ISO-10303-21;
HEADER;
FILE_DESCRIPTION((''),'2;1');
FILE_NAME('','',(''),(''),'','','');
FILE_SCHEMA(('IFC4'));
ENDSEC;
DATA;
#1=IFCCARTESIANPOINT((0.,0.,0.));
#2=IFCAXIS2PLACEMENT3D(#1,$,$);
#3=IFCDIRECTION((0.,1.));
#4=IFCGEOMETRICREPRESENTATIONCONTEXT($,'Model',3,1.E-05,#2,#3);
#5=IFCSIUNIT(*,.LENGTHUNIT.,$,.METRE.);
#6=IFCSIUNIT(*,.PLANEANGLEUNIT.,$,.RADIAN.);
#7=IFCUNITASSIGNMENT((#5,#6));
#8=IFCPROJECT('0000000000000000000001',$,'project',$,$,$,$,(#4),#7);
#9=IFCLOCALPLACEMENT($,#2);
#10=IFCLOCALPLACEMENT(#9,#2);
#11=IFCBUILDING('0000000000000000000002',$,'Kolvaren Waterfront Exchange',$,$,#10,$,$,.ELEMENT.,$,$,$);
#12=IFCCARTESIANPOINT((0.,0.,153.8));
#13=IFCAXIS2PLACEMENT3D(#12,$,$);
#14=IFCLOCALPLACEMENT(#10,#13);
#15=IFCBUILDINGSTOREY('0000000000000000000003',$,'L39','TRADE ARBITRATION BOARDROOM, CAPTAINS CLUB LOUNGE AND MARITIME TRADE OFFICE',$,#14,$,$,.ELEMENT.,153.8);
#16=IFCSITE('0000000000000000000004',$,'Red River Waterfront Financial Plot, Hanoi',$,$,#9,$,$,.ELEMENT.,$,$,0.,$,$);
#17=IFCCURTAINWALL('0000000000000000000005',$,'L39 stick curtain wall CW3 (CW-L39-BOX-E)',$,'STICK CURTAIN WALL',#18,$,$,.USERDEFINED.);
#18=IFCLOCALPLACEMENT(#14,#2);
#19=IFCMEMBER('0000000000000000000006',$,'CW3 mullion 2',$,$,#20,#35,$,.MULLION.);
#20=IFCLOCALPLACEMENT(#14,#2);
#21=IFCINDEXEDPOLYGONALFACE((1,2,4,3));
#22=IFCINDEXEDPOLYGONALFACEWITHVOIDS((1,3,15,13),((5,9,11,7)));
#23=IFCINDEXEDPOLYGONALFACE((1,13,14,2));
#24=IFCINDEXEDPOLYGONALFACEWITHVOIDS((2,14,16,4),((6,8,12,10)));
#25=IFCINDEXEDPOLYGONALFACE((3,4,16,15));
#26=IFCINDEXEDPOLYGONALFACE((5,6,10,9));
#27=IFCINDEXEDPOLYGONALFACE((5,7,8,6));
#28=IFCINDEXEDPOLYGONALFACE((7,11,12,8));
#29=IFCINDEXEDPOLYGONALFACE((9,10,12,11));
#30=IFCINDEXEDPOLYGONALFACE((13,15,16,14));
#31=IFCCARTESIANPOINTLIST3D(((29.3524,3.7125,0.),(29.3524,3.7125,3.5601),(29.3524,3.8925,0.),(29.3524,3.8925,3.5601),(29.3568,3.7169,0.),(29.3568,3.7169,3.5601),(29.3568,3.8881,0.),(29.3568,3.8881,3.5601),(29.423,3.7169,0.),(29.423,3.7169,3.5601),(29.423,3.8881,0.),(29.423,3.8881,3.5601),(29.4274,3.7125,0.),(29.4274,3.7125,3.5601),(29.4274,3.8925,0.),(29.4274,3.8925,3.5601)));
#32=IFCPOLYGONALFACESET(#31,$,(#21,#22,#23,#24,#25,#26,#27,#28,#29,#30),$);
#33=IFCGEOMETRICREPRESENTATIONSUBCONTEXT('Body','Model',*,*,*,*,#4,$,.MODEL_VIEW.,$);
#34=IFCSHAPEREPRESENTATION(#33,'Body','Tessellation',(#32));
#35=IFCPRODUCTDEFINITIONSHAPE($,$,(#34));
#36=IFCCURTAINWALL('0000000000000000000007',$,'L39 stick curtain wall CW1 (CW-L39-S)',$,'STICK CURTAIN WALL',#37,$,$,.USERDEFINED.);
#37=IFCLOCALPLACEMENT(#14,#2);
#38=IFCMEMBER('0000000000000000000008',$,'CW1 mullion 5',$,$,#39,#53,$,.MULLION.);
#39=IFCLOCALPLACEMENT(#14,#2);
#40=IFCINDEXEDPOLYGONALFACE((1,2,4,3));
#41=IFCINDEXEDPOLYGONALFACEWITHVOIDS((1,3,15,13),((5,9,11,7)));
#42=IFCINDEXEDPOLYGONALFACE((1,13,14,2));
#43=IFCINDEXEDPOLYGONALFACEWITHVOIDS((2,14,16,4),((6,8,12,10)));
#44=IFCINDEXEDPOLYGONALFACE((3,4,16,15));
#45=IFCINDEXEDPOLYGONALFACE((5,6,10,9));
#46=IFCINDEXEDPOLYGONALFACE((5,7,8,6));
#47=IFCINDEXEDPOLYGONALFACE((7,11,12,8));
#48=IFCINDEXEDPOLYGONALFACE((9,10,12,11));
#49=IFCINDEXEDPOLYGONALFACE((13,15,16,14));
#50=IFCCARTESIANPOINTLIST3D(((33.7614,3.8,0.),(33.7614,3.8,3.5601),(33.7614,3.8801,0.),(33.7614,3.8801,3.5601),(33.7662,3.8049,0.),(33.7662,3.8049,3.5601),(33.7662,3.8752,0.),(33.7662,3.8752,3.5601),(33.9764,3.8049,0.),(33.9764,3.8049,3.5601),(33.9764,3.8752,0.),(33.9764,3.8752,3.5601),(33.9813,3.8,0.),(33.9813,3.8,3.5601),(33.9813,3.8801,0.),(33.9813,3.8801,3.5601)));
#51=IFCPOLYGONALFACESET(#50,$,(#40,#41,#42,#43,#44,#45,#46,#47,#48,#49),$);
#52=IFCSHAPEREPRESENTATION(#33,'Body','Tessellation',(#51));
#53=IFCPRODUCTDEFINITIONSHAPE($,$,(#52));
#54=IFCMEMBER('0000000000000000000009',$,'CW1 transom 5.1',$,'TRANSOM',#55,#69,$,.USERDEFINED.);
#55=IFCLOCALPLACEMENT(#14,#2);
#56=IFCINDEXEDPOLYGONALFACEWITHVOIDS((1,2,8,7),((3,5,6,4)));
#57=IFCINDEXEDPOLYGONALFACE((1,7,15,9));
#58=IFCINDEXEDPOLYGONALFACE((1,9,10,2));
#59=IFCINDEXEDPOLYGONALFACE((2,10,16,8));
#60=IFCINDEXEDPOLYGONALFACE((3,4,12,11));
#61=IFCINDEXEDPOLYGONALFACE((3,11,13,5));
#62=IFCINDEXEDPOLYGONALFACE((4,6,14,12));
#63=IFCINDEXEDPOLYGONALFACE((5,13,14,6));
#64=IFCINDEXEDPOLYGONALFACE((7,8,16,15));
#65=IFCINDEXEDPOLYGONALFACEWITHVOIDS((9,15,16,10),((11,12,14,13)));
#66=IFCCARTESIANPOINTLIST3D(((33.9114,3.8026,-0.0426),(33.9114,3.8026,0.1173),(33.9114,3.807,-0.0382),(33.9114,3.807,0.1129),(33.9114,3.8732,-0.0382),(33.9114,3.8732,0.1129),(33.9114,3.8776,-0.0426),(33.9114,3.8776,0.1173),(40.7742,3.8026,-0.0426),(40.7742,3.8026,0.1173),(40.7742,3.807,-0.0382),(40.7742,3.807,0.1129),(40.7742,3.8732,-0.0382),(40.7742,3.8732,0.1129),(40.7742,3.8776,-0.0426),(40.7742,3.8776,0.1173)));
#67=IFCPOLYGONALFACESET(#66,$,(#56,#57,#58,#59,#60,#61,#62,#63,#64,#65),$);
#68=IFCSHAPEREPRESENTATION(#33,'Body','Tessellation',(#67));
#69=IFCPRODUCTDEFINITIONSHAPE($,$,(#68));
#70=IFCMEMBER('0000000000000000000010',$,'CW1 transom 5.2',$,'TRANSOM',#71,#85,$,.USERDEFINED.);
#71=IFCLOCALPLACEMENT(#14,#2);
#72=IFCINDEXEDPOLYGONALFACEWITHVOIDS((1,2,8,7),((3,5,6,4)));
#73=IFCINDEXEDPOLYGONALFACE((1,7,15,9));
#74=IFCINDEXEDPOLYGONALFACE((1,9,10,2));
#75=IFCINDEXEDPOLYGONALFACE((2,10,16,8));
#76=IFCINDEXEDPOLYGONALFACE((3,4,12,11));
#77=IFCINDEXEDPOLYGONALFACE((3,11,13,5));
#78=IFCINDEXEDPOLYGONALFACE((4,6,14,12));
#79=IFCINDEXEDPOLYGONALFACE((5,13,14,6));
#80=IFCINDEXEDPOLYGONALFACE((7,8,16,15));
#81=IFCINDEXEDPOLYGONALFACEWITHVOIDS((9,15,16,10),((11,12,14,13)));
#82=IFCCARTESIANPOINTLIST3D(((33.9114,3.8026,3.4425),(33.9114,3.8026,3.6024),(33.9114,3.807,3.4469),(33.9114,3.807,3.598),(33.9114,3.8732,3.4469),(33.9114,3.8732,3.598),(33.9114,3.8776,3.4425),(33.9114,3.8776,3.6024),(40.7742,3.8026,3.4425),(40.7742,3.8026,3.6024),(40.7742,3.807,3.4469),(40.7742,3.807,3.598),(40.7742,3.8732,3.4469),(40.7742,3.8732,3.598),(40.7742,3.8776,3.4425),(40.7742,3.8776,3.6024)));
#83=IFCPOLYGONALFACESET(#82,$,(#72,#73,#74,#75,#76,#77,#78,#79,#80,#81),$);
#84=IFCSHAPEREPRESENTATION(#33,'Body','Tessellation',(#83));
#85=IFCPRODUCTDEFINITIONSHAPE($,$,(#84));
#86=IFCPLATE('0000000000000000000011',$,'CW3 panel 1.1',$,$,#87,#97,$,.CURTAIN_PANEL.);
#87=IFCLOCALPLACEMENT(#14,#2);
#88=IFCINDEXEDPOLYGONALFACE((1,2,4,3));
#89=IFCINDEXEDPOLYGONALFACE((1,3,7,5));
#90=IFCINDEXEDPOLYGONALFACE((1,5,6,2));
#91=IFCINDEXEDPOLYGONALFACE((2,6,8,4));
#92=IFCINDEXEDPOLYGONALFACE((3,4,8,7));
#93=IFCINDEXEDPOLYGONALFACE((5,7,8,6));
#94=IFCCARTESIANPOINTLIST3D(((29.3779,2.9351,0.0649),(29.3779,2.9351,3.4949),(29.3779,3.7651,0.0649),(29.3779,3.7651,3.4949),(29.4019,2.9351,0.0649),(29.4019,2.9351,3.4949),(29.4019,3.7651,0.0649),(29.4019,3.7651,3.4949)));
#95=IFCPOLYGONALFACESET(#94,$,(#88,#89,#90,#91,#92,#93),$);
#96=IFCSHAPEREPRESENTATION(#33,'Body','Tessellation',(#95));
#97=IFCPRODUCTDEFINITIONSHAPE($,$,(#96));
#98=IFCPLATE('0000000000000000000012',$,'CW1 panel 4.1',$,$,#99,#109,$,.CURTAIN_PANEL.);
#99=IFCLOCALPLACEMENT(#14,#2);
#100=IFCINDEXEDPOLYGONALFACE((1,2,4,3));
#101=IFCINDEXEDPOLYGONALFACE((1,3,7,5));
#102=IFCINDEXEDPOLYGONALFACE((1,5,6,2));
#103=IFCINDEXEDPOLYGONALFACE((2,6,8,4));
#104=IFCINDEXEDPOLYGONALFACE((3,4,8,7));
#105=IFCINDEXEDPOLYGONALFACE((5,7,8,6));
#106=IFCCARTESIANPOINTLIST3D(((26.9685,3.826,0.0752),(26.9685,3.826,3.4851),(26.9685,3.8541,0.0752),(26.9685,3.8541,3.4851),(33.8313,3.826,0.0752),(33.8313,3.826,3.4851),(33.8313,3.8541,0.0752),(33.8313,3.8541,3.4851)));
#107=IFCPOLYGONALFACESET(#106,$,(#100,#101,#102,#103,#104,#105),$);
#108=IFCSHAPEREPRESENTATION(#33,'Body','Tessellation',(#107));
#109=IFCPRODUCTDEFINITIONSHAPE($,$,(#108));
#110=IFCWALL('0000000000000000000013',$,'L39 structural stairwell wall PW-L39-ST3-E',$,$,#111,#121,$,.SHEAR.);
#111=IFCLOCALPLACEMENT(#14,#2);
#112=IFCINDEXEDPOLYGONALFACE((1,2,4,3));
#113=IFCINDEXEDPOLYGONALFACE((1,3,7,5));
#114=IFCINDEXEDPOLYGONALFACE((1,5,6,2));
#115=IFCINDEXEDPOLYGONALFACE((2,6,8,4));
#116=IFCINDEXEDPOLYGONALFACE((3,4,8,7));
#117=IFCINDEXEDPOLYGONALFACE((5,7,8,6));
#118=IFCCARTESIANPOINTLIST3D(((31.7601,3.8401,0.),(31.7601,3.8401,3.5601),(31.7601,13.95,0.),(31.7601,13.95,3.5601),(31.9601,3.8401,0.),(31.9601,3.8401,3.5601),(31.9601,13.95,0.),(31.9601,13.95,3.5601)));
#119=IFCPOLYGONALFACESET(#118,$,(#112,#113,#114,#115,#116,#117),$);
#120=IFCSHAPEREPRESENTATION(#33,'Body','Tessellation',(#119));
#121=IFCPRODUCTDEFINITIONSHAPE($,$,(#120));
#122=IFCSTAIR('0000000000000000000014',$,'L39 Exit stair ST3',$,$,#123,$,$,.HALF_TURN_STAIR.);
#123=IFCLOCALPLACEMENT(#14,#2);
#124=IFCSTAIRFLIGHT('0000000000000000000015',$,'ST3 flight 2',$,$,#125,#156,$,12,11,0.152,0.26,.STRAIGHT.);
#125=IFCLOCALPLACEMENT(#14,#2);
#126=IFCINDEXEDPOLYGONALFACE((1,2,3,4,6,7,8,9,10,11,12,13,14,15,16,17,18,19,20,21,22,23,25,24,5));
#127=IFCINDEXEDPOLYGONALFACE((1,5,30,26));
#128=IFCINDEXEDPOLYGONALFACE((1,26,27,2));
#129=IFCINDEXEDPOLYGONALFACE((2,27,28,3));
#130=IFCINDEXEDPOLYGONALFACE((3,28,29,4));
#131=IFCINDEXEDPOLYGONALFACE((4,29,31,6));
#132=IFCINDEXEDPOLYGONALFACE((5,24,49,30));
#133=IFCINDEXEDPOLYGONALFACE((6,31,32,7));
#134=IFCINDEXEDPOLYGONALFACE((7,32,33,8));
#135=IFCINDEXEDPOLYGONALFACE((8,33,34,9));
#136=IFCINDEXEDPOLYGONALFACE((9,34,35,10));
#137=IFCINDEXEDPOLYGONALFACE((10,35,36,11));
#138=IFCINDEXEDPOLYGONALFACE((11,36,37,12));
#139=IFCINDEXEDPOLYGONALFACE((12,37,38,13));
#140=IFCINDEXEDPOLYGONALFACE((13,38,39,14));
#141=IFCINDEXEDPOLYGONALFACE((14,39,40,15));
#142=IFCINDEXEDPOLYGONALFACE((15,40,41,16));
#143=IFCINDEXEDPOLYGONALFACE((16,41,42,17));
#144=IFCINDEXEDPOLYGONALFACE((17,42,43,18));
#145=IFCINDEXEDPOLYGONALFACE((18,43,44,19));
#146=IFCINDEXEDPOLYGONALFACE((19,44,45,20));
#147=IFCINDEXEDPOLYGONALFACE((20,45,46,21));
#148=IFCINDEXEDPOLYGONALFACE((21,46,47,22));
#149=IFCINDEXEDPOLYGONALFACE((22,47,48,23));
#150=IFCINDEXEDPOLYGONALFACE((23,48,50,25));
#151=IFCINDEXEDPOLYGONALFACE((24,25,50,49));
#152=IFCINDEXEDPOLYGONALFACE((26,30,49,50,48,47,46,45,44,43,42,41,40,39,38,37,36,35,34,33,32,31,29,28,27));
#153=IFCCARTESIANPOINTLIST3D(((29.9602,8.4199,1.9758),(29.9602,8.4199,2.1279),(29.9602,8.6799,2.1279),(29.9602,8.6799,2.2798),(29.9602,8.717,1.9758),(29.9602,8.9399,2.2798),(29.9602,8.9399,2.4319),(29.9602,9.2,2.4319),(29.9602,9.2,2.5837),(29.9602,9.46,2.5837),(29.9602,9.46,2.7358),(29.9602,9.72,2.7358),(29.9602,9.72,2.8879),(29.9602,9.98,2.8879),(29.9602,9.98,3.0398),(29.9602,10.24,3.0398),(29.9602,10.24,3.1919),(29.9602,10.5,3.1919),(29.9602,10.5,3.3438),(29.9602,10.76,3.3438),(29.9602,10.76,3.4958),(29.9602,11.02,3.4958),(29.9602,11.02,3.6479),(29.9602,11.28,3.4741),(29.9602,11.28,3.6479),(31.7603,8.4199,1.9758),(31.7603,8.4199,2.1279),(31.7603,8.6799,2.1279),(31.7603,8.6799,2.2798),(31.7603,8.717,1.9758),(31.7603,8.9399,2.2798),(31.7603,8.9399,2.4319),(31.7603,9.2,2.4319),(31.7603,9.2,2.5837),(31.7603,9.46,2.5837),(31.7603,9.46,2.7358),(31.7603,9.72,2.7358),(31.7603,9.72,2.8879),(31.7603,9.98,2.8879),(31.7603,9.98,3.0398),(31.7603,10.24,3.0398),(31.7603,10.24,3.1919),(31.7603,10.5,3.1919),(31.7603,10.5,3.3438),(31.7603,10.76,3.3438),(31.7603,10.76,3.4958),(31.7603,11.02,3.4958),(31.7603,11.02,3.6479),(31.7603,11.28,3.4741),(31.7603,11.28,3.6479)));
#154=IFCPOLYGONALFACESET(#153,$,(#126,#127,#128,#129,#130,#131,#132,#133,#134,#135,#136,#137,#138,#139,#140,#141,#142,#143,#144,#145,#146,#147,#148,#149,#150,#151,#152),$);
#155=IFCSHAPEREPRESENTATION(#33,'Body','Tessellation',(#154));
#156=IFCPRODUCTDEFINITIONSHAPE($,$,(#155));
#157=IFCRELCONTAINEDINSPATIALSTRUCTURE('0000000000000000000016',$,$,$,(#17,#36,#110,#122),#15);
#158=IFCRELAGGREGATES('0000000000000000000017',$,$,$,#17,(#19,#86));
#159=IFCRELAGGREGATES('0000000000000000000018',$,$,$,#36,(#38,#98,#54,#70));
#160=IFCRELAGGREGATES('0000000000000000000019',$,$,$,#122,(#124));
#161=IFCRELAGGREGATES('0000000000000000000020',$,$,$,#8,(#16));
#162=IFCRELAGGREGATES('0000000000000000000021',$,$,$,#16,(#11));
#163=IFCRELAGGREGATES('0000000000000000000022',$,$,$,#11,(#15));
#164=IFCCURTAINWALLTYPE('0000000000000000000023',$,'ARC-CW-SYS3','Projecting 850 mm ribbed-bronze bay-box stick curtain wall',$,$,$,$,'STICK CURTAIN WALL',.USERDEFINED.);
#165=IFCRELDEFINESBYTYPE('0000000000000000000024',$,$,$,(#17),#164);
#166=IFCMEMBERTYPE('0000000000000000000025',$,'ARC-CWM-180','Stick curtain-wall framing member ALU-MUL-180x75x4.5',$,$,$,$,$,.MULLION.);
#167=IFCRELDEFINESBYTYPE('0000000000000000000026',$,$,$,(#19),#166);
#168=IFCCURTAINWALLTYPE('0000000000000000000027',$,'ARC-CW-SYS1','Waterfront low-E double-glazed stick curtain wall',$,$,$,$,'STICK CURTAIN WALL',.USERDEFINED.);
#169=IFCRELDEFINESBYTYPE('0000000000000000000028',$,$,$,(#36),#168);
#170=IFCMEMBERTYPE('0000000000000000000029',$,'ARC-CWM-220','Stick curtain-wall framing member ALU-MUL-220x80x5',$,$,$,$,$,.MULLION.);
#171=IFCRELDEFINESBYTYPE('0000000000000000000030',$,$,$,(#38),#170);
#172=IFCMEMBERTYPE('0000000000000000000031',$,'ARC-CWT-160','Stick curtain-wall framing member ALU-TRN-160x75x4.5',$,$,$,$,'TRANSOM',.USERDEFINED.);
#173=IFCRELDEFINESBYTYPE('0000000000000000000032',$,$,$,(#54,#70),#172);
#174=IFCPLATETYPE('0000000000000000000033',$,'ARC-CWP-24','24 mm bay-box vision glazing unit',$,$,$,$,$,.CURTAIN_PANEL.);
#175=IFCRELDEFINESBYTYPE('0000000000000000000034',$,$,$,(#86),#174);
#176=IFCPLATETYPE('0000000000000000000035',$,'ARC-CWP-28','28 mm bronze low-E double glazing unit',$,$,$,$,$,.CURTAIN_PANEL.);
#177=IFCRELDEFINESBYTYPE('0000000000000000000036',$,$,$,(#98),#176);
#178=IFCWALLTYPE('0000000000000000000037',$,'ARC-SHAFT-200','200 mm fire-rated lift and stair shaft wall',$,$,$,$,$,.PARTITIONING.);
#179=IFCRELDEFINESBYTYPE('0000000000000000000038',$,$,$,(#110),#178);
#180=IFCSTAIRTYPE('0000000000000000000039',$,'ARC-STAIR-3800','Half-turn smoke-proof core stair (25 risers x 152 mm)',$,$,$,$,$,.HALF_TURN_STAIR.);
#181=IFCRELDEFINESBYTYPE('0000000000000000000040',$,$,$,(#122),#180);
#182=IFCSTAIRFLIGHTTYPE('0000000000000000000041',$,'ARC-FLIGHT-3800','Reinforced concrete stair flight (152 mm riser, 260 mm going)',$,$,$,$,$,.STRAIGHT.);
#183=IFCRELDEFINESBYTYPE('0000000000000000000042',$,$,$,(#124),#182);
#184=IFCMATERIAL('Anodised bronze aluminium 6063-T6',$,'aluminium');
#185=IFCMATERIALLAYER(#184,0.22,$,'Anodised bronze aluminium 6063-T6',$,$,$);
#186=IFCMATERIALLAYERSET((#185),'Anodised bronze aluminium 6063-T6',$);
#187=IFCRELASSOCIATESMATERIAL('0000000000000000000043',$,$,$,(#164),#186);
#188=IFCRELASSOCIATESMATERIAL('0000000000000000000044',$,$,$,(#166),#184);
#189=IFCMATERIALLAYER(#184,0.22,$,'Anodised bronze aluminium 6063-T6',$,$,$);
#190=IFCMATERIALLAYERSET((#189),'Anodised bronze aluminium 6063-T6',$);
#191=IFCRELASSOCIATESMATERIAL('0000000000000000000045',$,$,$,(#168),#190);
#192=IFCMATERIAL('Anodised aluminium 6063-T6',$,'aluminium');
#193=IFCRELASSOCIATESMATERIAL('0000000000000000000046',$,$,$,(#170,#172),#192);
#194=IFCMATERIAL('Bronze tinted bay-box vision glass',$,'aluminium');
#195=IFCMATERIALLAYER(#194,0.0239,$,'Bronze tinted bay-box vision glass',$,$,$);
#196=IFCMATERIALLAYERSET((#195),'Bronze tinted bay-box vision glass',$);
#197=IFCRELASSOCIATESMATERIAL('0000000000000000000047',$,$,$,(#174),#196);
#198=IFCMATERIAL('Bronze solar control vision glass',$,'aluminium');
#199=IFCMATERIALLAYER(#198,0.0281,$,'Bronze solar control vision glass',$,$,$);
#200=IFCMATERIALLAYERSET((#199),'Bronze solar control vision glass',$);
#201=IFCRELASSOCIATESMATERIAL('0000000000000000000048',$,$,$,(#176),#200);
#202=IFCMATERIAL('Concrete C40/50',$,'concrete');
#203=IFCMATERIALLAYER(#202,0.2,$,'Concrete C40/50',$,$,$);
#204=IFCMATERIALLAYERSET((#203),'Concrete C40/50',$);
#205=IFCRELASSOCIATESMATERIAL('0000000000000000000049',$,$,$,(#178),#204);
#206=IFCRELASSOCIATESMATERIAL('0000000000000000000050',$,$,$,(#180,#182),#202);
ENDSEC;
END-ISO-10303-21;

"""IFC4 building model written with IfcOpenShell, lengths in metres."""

from ifc_helpers import new_model, si_unit, direction, frame, frame_2d, origin, origin_with_axes, origin_2d, place, context, subcontext, project, spatial, polyline, rectangle, hollow_rectangle, outline, extrude, source, transform, mapped, material, layer, layer_set, material_profile, profile_set, type_object, element, aggregate, save


model = new_model("IFC4")

# Units and contexts
model_context = context("Model", 3, precision=1e-05, world=origin(), true_north=direction((0.0, 1.0)))
body_context = subcontext(model_context, "Body", "Model", "MODEL_VIEW")
ifc_project = project(units=[si_unit("LENGTHUNIT", "METRE"), si_unit("PLANEANGLEUNIT", "RADIAN")], contexts=[model_context])

# Site, building, storey
site_placement = place(None, origin())
site = spatial("IfcSite", under=ifc_project, at=site_placement, Name="Red River Waterfront Financial Plot, Hanoi", CompositionType="ELEMENT", RefElevation=0.0)
building_placement = place(site_placement, origin())
building = spatial("IfcBuilding", under=site, at=building_placement, Name="Kolvaren Waterfront Exchange", CompositionType="ELEMENT")
storey_placement = place(building_placement, frame((0.0, 0.0, 153.8)))
storey = spatial("IfcBuildingStorey", under=building, at=storey_placement, Name="L39", Description="TRADE ARBITRATION BOARDROOM, CAPTAINS CLUB LOUNGE AND MARITIME TRADE OFFICE", CompositionType="ELEMENT", Elevation=153.8)

# Curtain walls, members
ifc_material_1 = material(Name="Anodised bronze aluminium 6063-T6", Category="aluminium")
ifc_layer_1 = layer(ifc_material_1, 0.22, Name="Anodised bronze aluminium 6063-T6")
ifc_layer_set_1 = layer_set([ifc_layer_1], Name="Anodised bronze aluminium 6063-T6")
curtain_wall_type_1 = type_object("IfcCurtainWallType", Name="ARC-CW-SYS3", Description="Projecting 850 mm ribbed-bronze bay-box stick curtain wall", ElementType="STICK CURTAIN WALL", PredefinedType="USERDEFINED", material=ifc_layer_set_1)
curtain_wall_1_placement = place(storey_placement, origin())
curtain_wall_1 = element("IfcCurtainWall", 1, at=curtain_wall_1_placement, inside=storey, type_object=curtain_wall_type_1, Name="L39 stick curtain wall CW3 (CW-L39-BOX-E)", ObjectType="STICK CURTAIN WALL", PredefinedType="USERDEFINED")
ifc_material_profile_1 = material_profile(ifc_material_1, hollow_rectangle(XDim=0.075, YDim=0.1799, WallThickness=0.0044, at=origin_2d()), Name="ALU-MUL-180x75x4.5")
ifc_profile_set_1 = profile_set([ifc_material_profile_1], Name="Anodised bronze aluminium 6063-T6")
member_type_1 = type_object("IfcMemberType", Name="ARC-CWM-180", Description="Stick curtain-wall framing member ALU-MUL-180x75x4.5", PredefinedType="MULLION", material=ifc_profile_set_1)
shared_shape_1 = source(origin_with_axes(), body_context, "Body", "SweptSolid", [
    extrude(hollow_rectangle(XDim=0.075, YDim=0.1799, WallThickness=0.0044, at=origin_2d()), origin(), (0.0, 0.0, 1.0), 3.5601),
])
member_1_placement = place(storey_placement, frame((29.3899, 3.8025, 0.0), z_axis=(0.0, 0.0, 1.0), x_axis=(-1.0, 0.0, 0.0)))
member_1 = element("IfcMember", 2, at=member_1_placement, type_object=member_type_1, Name="CW3 mullion 2", PredefinedType="MULLION", context=body_context, shape_type="MappedRepresentation", body=[
    mapped(shared_shape_1, transform((0.0, 0.0, 0.0), x_axis=(1.0, 0.0, 0.0), y_axis=(0.0, 1.0, 0.0), z_axis=(0.0, 0.0, 1.0), scale=1.0)),
])
ifc_layer_2 = layer(ifc_material_1, 0.22, Name="Anodised bronze aluminium 6063-T6")
ifc_layer_set_2 = layer_set([ifc_layer_2], Name="Anodised bronze aluminium 6063-T6")
curtain_wall_type_2 = type_object("IfcCurtainWallType", Name="ARC-CW-SYS1", Description="Waterfront low-E double-glazed stick curtain wall", ElementType="STICK CURTAIN WALL", PredefinedType="USERDEFINED", material=ifc_layer_set_2)
curtain_wall_2_placement = place(storey_placement, origin())
curtain_wall_2 = element("IfcCurtainWall", 3, at=curtain_wall_2_placement, inside=storey, type_object=curtain_wall_type_2, Name="L39 stick curtain wall CW1 (CW-L39-S)", ObjectType="STICK CURTAIN WALL", PredefinedType="USERDEFINED")
ifc_material_2 = material(Name="Anodised aluminium 6063-T6", Category="aluminium")
ifc_material_profile_2 = material_profile(ifc_material_2, hollow_rectangle(XDim=0.0801, YDim=0.22, WallThickness=0.0049, at=origin_2d()), Name="ALU-MUL-220x80x5")
ifc_profile_set_2 = profile_set([ifc_material_profile_2], Name="Anodised aluminium 6063-T6")
member_type_2 = type_object("IfcMemberType", Name="ARC-CWM-220", Description="Stick curtain-wall framing member ALU-MUL-220x80x5", PredefinedType="MULLION", material=ifc_profile_set_2)
shared_shape_2 = source(origin_with_axes(), body_context, "Body", "SweptSolid", [
    extrude(hollow_rectangle(XDim=0.0801, YDim=0.22, WallThickness=0.0049, at=origin_2d()), origin(), (0.0, 0.0, 1.0), 3.5601),
])
member_2_placement = place(storey_placement, frame((33.8713, 3.8401, 0.0), z_axis=(0.0, 0.0, 1.0), x_axis=(0.0, 1.0, 0.0)))
member_2 = element("IfcMember", 4, at=member_2_placement, type_object=member_type_2, Name="CW1 mullion 5", PredefinedType="MULLION", context=body_context, shape_type="MappedRepresentation", body=[
    mapped(shared_shape_2, transform((0.0, 0.0, 0.0), x_axis=(1.0, 0.0, 0.0), y_axis=(0.0, 1.0, 0.0), z_axis=(0.0, 0.0, 1.0), scale=1.0)),
])
ifc_material_profile_3 = material_profile(ifc_material_2, hollow_rectangle(XDim=0.075, YDim=0.1599, WallThickness=0.0044, at=origin_2d()), Name="ALU-TRN-160x75x4.5")
ifc_profile_set_3 = profile_set([ifc_material_profile_3], Name="Anodised aluminium 6063-T6")
member_type_3 = type_object("IfcMemberType", Name="ARC-CWT-160", Description="Stick curtain-wall framing member ALU-TRN-160x75x4.5", ElementType="TRANSOM", PredefinedType="USERDEFINED", material=ifc_profile_set_3)
shared_shape_3 = source(origin_with_axes(), body_context, "Body", "SweptSolid", [
    extrude(hollow_rectangle(XDim=0.075, YDim=0.1599, WallThickness=0.0044, at=origin_2d()), origin(), (0.0, 0.0, 1.0), 6.8628),
])
member_3_placement = place(storey_placement, frame((33.9114, 3.8401, 0.0374), z_axis=(1.0, 0.0, 0.0), x_axis=(0.0, 1.0, 0.0)))
member_3 = element("IfcMember", 5, at=member_3_placement, type_object=member_type_3, Name="CW1 transom 5.1", ObjectType="TRANSOM", PredefinedType="USERDEFINED", context=body_context, shape_type="MappedRepresentation", body=[
    mapped(shared_shape_3, transform((0.0, 0.0, 0.0), x_axis=(1.0, 0.0, 0.0), y_axis=(0.0, 1.0, 0.0), z_axis=(0.0, 0.0, 1.0), scale=1.0)),
])
member_4_placement = place(storey_placement, frame((33.9114, 3.8401, 3.5225), z_axis=(1.0, 0.0, 0.0), x_axis=(0.0, 1.0, 0.0)))
member_4 = element("IfcMember", 6, at=member_4_placement, type_object=member_type_3, Name="CW1 transom 5.2", ObjectType="TRANSOM", PredefinedType="USERDEFINED", context=body_context, shape_type="MappedRepresentation", body=[
    mapped(shared_shape_3, transform((0.0, 0.0, 0.0), x_axis=(1.0, 0.0, 0.0), y_axis=(0.0, 1.0, 0.0), z_axis=(0.0, 0.0, 1.0), scale=1.0)),
])

# Plates
ifc_material_3 = material(Name="Bronze tinted bay-box vision glass", Category="aluminium")
ifc_layer_3 = layer(ifc_material_3, 0.0239, Name="Bronze tinted bay-box vision glass")
ifc_layer_set_3 = layer_set([ifc_layer_3], Name="Bronze tinted bay-box vision glass")
plate_type_1 = type_object("IfcPlateType", Name="ARC-CWP-24", Description="24 mm bay-box vision glazing unit", PredefinedType="CURTAIN_PANEL", material=ifc_layer_set_3)
shared_shape_4 = source(origin_with_axes(), body_context, "Body", "SweptSolid", [
    extrude(rectangle(XDim=0.8301, YDim=0.0239, at=origin_2d()), origin(), (0.0, 0.0, 1.0), 3.4299),
])
plate_1_placement = place(storey_placement, frame((29.3899, 3.3501, 0.0649), z_axis=(0.0, 0.0, 1.0), x_axis=(0.0, 1.0, 0.0)))
plate_1 = element("IfcPlate", 7, at=plate_1_placement, type_object=plate_type_1, Name="CW3 panel 1.1", PredefinedType="CURTAIN_PANEL", context=body_context, shape_type="MappedRepresentation", body=[
    mapped(shared_shape_4, transform((0.0, 0.0, 0.0), x_axis=(1.0, 0.0, 0.0), y_axis=(0.0, 1.0, 0.0), z_axis=(0.0, 0.0, 1.0), scale=1.0)),
])
aggregate(curtain_wall_1, [member_1, plate_1])
ifc_material_4 = material(Name="Bronze solar control vision glass", Category="aluminium")
ifc_layer_4 = layer(ifc_material_4, 0.0281, Name="Bronze solar control vision glass")
ifc_layer_set_4 = layer_set([ifc_layer_4], Name="Bronze solar control vision glass")
plate_type_2 = type_object("IfcPlateType", Name="ARC-CWP-28", Description="28 mm bronze low-E double glazing unit", PredefinedType="CURTAIN_PANEL", material=ifc_layer_set_4)
shared_shape_5 = source(origin_with_axes(), body_context, "Body", "SweptSolid", [
    extrude(rectangle(XDim=6.8628, YDim=0.0281, at=origin_2d()), origin(), (0.0, 0.0, 1.0), 3.4099),
])
plate_2_placement = place(storey_placement, frame((30.3999, 3.8401, 0.0752), z_axis=(0.0, 0.0, 1.0), x_axis=(1.0, 0.0, 0.0)))
plate_2 = element("IfcPlate", 8, at=plate_2_placement, type_object=plate_type_2, Name="CW1 panel 4.1", PredefinedType="CURTAIN_PANEL", context=body_context, shape_type="MappedRepresentation", body=[
    mapped(shared_shape_5, transform((0.0, 0.0, 0.0), x_axis=(1.0, 0.0, 0.0), y_axis=(0.0, 1.0, 0.0), z_axis=(0.0, 0.0, 1.0), scale=1.0)),
])
aggregate(curtain_wall_2, [member_2, plate_2, member_3, member_4])

# Wall
ifc_material_5 = material(Name="Concrete C40/50", Category="concrete")
ifc_layer_5 = layer(ifc_material_5, 0.2, Name="Concrete C40/50")
ifc_layer_set_5 = layer_set([ifc_layer_5], Name="Concrete C40/50")
wall_type = type_object("IfcWallType", Name="ARC-SHAFT-200", Description="200 mm fire-rated lift and stair shaft wall", PredefinedType="PARTITIONING", material=ifc_layer_set_5)
wall_placement = place(storey_placement, frame((31.8601, 3.8401, 0.0), z_axis=(0.0, 0.0, 1.0), x_axis=(0.0, 1.0, 0.0)))
element("IfcWall", 9, at=wall_placement, inside=storey, type_object=wall_type, Name="L39 structural stairwell wall PW-L39-ST3-E", PredefinedType="SHEAR", context=body_context, shape_type="SweptSolid", body=[
    extrude(rectangle(XDim=10.1099, YDim=0.2, at=frame_2d((5.0549, 0.0))), origin(), (0.0, 0.0, 1.0), 3.5601),
])

# Stair, stair flight
stair_type = type_object("IfcStairType", Name="ARC-STAIR-3800", Description="Half-turn smoke-proof core stair (25 risers x 152 mm)", PredefinedType="HALF_TURN_STAIR", material=ifc_material_5)
stair_placement = place(storey_placement, origin())
stair = element("IfcStair", 10, at=stair_placement, inside=storey, type_object=stair_type, Name="L39 Exit stair ST3", PredefinedType="HALF_TURN_STAIR")
stair_flight_type = type_object("IfcStairFlightType", Name="ARC-FLIGHT-3800", Description="Reinforced concrete stair flight (152 mm riser, 260 mm going)", PredefinedType="STRAIGHT", material=ifc_material_5)
stair_flight_placement = place(storey_placement, frame((30.8601, 8.4199, 1.9758), z_axis=(0.0, 0.0, 1.0), x_axis=(0.0, 1.0, 0.0)))
stair_flight = element("IfcStairFlight", 11, at=stair_flight_placement, type_object=stair_flight_type, Name="ST3 flight 2", NumberOfRisers=12, NumberOfTreads=11, PredefinedType="STRAIGHT", RiserHeight=0.152, TreadLength=0.26, context=body_context, shape_type="SweptSolid", body=[
    extrude(outline(polyline([(0.0, 0.0), (0.0, 0.1521), (0.26, 0.1521), (0.26, 0.304), (0.52, 0.304), (0.52, 0.4561), (0.78, 0.4561), (0.78, 0.6079), (1.04, 0.6079), (1.04, 0.76), (1.3, 0.76), (1.3, 0.9121), (1.5601, 0.9121), (1.5601, 1.064), (1.8201, 1.064), (1.8201, 1.2161), (2.0801, 1.2161), (2.0801, 1.3679), (2.3401, 1.3679), (2.3401, 1.52), (2.6001, 1.52), (2.6001, 1.6721), (2.8601, 1.6721), (2.8601, 1.824), (2.8601, 1.4983), (0.2971, 0.0), (0.0, 0.0)])), frame((0.0, 0.8999, 0.0), z_axis=(0.0, -1.0, 0.0), x_axis=(1.0, 0.0, 0.0)), (0.0, 0.0, 1.0), 1.8),
])
aggregate(stair, [stair_flight])

save(model, "model.ifc")
